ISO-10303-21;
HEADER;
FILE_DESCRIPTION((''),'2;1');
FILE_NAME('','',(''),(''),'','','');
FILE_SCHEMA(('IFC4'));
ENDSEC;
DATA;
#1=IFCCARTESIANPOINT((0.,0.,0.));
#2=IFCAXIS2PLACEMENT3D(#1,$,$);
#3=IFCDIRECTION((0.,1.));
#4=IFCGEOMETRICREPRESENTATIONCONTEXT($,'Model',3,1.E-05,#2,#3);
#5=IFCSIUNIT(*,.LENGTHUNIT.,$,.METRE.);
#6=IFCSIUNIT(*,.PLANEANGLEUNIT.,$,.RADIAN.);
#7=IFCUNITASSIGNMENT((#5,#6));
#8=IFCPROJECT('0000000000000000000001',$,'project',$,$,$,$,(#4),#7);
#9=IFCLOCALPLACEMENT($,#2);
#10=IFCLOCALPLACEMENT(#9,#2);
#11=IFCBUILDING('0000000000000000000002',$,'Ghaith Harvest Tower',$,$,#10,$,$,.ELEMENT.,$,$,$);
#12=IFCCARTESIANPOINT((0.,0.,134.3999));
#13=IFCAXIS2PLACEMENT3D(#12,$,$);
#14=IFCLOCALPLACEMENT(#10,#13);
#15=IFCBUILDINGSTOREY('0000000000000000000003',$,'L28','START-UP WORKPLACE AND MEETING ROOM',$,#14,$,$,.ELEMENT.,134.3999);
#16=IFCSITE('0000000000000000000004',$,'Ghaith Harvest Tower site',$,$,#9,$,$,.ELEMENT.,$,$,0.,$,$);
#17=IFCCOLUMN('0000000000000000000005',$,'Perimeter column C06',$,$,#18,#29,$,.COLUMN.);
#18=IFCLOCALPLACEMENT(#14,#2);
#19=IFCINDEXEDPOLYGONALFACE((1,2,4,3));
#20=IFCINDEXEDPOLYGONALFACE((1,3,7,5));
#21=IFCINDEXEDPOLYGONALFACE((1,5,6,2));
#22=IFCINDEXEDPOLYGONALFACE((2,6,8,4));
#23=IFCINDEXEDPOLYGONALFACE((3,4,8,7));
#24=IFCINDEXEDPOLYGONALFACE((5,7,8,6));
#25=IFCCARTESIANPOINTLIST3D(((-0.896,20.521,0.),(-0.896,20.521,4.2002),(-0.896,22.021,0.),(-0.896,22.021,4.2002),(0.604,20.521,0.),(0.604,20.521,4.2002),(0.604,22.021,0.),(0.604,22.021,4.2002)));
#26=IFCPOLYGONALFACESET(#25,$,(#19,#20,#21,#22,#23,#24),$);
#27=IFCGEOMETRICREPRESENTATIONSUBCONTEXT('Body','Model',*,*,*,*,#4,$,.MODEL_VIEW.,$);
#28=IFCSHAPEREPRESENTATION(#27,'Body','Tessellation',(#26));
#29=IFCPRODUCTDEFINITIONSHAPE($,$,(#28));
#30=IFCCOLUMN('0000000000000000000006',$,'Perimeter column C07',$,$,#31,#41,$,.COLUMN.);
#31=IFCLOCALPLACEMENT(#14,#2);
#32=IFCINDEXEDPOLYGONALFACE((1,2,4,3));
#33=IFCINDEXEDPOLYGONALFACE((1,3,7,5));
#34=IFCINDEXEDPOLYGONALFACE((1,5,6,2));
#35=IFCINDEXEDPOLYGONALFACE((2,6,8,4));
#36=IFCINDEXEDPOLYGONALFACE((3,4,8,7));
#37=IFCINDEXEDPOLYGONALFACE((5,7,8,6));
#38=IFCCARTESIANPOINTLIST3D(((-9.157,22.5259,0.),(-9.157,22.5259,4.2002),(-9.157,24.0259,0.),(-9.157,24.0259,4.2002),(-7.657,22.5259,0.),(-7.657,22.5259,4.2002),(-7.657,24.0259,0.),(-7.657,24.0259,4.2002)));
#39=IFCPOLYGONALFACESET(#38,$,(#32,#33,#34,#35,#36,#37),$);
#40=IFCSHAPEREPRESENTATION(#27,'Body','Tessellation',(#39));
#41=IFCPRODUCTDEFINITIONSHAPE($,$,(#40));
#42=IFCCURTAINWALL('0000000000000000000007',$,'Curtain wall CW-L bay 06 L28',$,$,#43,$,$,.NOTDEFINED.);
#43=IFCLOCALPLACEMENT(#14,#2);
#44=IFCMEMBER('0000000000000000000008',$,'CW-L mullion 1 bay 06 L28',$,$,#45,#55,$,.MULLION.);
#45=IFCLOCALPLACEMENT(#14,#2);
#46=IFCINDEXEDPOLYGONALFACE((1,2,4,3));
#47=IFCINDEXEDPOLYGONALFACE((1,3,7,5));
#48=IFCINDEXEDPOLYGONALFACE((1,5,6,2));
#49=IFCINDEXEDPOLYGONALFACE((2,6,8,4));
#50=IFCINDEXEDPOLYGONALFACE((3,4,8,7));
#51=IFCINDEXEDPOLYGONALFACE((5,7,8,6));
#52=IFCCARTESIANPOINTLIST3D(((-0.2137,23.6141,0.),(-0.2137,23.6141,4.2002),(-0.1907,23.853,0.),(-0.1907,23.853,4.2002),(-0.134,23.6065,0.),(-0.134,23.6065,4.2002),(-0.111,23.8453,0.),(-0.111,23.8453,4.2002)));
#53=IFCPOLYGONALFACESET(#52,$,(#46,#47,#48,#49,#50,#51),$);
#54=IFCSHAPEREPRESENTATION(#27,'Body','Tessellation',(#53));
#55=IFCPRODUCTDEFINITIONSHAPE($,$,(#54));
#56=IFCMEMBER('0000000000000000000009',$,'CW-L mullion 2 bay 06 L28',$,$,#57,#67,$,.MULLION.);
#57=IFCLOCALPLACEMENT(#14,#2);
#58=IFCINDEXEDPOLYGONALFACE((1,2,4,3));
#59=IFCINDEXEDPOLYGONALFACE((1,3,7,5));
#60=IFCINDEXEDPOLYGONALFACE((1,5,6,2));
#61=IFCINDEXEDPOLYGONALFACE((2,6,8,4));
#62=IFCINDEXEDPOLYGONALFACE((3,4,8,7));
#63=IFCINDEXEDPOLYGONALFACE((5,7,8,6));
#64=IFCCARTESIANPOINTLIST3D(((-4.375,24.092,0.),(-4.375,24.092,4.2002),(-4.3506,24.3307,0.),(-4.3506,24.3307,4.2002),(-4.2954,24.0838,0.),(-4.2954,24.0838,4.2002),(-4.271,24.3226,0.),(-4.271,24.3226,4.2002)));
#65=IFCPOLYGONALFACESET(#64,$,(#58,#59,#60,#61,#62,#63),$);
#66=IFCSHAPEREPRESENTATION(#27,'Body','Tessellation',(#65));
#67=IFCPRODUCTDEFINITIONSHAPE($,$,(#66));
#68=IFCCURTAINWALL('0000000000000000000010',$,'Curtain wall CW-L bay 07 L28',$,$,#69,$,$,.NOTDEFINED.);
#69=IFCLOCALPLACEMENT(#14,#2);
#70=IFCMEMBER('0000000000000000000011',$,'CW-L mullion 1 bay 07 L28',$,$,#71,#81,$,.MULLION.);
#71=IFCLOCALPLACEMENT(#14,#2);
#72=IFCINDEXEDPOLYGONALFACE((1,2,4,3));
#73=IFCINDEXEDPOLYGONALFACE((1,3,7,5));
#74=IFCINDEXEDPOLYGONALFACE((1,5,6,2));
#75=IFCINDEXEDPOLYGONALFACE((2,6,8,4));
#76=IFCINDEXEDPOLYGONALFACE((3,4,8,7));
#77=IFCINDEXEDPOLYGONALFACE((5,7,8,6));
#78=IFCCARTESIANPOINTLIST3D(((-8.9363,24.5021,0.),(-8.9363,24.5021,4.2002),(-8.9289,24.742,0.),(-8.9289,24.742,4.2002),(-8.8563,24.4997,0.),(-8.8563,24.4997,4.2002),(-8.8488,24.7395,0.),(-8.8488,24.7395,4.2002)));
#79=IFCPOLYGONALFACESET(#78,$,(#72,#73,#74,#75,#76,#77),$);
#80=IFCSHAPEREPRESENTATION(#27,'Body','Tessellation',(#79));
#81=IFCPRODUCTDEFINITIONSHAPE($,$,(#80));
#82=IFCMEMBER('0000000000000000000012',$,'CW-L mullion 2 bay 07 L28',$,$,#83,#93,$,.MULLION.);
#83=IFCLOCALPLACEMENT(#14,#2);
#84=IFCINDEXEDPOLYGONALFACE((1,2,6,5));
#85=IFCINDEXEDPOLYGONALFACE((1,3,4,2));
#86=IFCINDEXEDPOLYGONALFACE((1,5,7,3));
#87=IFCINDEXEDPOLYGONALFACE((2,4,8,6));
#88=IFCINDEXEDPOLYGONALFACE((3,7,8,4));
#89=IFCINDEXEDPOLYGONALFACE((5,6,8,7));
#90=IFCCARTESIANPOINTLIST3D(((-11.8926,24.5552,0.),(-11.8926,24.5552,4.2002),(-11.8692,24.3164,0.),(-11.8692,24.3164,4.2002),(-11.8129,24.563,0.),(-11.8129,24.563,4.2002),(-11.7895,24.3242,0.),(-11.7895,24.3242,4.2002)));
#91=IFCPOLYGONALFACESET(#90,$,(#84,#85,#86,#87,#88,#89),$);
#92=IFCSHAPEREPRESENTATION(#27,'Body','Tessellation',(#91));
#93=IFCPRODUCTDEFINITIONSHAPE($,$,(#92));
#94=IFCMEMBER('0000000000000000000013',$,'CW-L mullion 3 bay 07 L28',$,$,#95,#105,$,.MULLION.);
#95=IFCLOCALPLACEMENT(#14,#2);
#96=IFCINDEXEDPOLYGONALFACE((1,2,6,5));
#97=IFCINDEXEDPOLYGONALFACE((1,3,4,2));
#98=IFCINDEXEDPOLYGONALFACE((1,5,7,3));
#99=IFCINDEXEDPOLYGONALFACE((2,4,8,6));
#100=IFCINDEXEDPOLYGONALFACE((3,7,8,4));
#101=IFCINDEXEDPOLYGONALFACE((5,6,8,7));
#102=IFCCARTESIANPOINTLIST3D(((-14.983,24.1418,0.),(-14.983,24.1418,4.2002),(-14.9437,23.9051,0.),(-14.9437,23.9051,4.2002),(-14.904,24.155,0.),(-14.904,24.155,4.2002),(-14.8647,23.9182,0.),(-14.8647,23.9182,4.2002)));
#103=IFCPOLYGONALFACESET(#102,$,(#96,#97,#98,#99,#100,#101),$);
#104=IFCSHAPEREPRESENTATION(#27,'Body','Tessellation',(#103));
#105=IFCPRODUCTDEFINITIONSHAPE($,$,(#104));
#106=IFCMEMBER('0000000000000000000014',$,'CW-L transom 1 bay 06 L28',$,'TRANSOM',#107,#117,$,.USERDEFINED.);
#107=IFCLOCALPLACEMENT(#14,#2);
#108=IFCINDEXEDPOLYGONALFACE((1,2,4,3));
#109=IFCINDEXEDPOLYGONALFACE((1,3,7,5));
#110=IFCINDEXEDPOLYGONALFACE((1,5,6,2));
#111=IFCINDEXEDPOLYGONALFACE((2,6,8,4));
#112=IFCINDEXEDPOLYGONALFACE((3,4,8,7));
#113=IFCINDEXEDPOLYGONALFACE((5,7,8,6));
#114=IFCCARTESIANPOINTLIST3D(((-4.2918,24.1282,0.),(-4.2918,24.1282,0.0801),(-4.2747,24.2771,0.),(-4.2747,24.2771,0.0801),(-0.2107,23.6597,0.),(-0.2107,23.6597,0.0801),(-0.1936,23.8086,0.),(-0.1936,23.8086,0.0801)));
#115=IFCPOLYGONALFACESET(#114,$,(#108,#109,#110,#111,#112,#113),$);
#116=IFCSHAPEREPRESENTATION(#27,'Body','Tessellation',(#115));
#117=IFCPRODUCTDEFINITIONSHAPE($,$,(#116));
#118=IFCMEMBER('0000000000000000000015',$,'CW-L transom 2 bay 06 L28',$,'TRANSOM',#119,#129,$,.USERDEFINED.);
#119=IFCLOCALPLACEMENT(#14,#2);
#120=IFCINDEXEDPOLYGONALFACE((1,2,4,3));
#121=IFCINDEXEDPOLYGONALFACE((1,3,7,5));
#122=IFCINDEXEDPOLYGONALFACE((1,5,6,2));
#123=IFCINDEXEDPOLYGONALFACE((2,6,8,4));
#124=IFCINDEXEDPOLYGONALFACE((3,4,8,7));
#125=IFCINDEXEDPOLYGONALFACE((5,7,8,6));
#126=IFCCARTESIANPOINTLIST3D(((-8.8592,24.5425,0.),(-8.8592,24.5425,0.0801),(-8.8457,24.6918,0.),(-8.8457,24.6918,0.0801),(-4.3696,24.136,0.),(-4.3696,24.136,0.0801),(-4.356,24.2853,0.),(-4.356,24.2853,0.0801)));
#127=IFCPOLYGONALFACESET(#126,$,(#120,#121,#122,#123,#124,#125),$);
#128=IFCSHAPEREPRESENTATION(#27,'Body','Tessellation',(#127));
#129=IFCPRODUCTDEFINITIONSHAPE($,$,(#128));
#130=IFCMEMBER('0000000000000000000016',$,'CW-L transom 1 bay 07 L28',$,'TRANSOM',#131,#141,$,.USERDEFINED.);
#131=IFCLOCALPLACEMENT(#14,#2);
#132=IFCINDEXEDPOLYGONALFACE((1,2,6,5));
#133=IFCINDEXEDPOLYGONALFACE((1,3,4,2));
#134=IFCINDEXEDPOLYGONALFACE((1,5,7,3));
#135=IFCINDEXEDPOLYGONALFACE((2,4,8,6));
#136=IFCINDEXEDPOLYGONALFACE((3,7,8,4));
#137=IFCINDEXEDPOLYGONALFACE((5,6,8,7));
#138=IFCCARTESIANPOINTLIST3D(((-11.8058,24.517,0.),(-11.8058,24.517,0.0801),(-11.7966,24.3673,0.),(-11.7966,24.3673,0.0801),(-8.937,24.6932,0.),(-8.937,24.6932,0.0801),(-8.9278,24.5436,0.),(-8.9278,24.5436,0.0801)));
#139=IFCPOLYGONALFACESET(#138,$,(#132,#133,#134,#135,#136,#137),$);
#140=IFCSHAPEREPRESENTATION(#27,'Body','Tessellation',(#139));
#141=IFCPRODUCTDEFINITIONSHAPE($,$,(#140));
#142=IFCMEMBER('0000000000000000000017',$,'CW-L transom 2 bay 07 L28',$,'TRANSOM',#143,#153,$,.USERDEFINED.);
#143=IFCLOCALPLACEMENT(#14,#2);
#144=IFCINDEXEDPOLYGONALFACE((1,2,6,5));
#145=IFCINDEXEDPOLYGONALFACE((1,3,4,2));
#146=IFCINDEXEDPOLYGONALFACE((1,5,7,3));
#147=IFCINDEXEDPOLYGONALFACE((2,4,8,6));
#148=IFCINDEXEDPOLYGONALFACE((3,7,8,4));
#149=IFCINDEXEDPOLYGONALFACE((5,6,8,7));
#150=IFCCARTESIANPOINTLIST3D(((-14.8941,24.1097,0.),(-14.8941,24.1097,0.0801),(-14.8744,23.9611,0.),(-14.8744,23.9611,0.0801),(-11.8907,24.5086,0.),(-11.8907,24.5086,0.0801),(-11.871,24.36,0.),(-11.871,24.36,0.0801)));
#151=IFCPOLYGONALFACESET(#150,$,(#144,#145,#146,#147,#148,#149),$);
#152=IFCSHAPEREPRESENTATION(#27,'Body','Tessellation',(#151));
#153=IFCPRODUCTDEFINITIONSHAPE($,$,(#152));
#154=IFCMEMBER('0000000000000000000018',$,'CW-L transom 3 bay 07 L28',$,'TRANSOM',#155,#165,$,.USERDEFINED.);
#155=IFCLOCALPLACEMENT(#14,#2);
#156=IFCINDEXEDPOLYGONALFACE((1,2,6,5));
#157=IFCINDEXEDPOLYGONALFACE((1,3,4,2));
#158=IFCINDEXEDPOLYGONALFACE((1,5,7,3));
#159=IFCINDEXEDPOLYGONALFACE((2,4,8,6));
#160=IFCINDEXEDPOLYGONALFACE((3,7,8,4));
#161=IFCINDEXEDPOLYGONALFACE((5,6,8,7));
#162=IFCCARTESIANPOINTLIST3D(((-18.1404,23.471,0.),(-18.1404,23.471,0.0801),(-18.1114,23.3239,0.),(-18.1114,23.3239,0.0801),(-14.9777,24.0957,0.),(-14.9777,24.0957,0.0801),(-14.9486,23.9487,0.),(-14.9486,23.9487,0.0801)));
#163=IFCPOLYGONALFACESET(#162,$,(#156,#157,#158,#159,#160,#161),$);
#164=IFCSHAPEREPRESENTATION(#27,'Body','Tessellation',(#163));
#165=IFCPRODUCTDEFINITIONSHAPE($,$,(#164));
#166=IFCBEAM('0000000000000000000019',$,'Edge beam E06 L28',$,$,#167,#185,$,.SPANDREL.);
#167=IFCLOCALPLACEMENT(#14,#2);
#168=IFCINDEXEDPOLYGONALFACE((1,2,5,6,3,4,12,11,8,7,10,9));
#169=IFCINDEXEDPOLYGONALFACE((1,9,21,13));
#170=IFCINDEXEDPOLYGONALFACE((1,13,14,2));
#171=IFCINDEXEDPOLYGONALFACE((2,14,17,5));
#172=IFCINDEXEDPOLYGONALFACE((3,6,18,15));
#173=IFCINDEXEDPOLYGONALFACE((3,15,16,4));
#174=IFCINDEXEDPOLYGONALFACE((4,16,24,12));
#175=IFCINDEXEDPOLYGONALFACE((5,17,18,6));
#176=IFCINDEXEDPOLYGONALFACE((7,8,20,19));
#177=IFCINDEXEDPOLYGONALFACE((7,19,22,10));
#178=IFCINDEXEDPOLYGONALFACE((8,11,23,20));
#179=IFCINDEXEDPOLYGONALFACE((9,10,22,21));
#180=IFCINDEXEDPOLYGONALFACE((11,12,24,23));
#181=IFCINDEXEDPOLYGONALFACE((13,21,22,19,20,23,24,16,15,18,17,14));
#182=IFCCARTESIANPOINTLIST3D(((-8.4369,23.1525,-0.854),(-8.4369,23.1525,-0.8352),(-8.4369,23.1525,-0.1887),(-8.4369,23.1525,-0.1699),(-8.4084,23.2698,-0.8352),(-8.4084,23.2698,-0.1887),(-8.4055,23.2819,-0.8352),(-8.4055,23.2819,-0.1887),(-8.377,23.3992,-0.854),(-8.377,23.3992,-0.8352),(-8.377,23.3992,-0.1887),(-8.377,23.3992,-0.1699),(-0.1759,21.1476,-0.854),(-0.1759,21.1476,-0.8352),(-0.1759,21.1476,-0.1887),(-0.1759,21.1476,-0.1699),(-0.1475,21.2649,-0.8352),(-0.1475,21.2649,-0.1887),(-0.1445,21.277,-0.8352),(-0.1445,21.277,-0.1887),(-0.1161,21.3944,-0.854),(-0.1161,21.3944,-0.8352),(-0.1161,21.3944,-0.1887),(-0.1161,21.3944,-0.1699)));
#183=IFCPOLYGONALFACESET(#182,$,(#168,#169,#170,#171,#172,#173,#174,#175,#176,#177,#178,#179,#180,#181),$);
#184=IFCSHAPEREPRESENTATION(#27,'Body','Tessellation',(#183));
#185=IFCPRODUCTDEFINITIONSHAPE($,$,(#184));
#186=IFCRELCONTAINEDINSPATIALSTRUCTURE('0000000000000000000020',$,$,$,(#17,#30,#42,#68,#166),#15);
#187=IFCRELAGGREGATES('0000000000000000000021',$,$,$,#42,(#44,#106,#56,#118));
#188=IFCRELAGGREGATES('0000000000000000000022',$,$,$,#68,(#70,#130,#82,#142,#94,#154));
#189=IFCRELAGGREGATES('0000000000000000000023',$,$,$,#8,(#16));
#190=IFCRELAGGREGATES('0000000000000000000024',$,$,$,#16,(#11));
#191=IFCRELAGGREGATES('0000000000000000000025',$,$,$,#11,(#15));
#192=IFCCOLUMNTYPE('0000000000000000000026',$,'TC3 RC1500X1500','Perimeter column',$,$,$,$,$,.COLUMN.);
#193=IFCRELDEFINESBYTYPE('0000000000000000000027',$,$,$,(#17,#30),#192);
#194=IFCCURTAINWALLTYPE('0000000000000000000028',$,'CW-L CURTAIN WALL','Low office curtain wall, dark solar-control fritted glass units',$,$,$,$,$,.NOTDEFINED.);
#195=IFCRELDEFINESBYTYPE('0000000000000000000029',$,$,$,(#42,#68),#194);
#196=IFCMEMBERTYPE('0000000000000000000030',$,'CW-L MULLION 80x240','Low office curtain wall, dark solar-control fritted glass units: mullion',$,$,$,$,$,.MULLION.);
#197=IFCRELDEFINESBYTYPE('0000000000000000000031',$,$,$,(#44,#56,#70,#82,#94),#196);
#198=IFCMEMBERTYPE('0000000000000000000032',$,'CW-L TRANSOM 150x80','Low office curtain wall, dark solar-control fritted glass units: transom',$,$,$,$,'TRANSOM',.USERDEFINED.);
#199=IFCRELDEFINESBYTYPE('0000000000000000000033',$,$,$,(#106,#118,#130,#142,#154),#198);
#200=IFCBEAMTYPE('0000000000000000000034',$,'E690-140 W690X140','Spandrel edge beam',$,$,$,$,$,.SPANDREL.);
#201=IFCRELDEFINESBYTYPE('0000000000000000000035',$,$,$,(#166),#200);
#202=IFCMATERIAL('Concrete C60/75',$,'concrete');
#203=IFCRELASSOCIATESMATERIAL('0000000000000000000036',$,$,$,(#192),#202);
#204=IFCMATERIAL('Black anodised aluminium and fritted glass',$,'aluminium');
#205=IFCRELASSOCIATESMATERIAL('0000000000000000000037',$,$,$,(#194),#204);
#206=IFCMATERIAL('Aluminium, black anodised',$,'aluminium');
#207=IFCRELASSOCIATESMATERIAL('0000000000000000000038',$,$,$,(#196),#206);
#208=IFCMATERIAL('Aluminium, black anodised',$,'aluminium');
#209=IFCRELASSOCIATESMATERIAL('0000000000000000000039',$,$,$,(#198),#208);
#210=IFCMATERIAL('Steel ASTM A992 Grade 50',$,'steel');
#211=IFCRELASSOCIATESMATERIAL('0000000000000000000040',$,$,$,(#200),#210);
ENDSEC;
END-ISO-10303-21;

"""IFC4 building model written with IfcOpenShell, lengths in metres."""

from ifc_helpers import new_model, si_unit, direction, frame, origin, origin_2d, place, context, subcontext, project, spatial, rectangle, i_section, extrude, material, material_profile, profile_set, type_object, element, aggregate, save


model = new_model("IFC4")

# Units and contexts
model_context = context("Model", 3, precision=1e-05, world=origin(), true_north=direction((0.0, 1.0)))
body_context = subcontext(model_context, "Body", "Model", "MODEL_VIEW")
ifc_project = project(units=[si_unit("LENGTHUNIT", "METRE"), si_unit("PLANEANGLEUNIT", "RADIAN")], contexts=[model_context])

# Site, building, storey
site_placement = place(None, origin())
site = spatial("IfcSite", under=ifc_project, at=site_placement, Name="Ghaith Harvest Tower site", CompositionType="ELEMENT", RefElevation=0.0)
building_placement = place(site_placement, origin())
building = spatial("IfcBuilding", under=site, at=building_placement, Name="Ghaith Harvest Tower", CompositionType="ELEMENT")
storey_placement = place(building_placement, frame((0.0, 0.0, 134.3999)))
storey = spatial("IfcBuildingStorey", under=building, at=storey_placement, Name="L28", Description="START-UP WORKPLACE AND MEETING ROOM", CompositionType="ELEMENT", Elevation=134.3999)

# Columns
ifc_material_1 = material(Name="Concrete C60/75", Category="concrete")
ifc_material_profile_1 = material_profile(ifc_material_1, rectangle(XDim=1.5, YDim=1.5, at=origin_2d()), Name="RC1500X1500")
ifc_profile_set_1 = profile_set([ifc_material_profile_1], Name="Concrete C60/75")
column_type = type_object("IfcColumnType", Name="TC3 RC1500X1500", Description="Perimeter column", PredefinedType="COLUMN", material=ifc_profile_set_1)
for number, where, z_axis, x_axis, name in (
    (1, (-0.146, 21.271, 0.0), (0.0, 0.0, 1.0), (1.0, 0.0, 0.0), "Perimeter column C06"),
    (2, (-8.407, 23.2759, 0.0), (0.0, 0.0, 1.0), (1.0, 0.0, 0.0), "Perimeter column C07"),
):
    element("IfcColumn", number, at=place(storey_placement, frame(where, z_axis=z_axis, x_axis=x_axis)), inside=storey, type_object=column_type, Name=name, PredefinedType="COLUMN", context=body_context, shape_type="SweptSolid", body=[
        extrude(rectangle(XDim=1.5, YDim=1.5, at=origin_2d()), origin(), (0.0, 0.0, 1.0), 4.2002),
    ])

# Curtain walls, members
ifc_material_2 = material(Name="Black anodised aluminium and fritted glass", Category="aluminium")
curtain_wall_type = type_object("IfcCurtainWallType", Name="CW-L CURTAIN WALL", Description="Low office curtain wall, dark solar-control fritted glass units", PredefinedType="NOTDEFINED", material=ifc_material_2)
curtain_wall_1_placement = place(storey_placement, origin())
curtain_wall_1 = element("IfcCurtainWall", 3, at=curtain_wall_1_placement, inside=storey, type_object=curtain_wall_type, Name="Curtain wall CW-L bay 06 L28", PredefinedType="NOTDEFINED")
ifc_material_3 = material(Name="Aluminium, black anodised", Category="aluminium")
ifc_material_profile_2 = material_profile(ifc_material_3, rectangle(XDim=0.0801, YDim=0.24, at=origin_2d()), Name="CW-L MULLION 80x240")
ifc_profile_set_2 = profile_set([ifc_material_profile_2], Name="Aluminium, black anodised")
member_type_1 = type_object("IfcMemberType", Name="CW-L MULLION 80x240", Description="Low office curtain wall, dark solar-control fritted glass units: mullion", PredefinedType="MULLION", material=ifc_profile_set_2)
member_1_placement = place(storey_placement, frame((-0.1624, 23.7297, 0.0), z_axis=(0.0, 0.0, 1.0), x_axis=(-0.995388, 0.09593, 0.0)))
member_1 = element("IfcMember", 4, at=member_1_placement, type_object=member_type_1, Name="CW-L mullion 1 bay 06 L28", PredefinedType="MULLION", context=body_context, shape_type="SweptSolid", body=[
    extrude(rectangle(XDim=0.0801, YDim=0.24, at=origin_2d()), origin(), (0.0, 0.0, 1.0), 4.2002),
])
member_2_placement = place(storey_placement, frame((-4.323, 24.2073, 0.0), z_axis=(0.0, 0.0, 1.0), x_axis=(-0.99483, 0.101551, 0.0)))
member_2 = element("IfcMember", 5, at=member_2_placement, type_object=member_type_1, Name="CW-L mullion 2 bay 06 L28", PredefinedType="MULLION", context=body_context, shape_type="SweptSolid", body=[
    extrude(rectangle(XDim=0.0801, YDim=0.24, at=origin_2d()), origin(), (0.0, 0.0, 1.0), 4.2002),
])
curtain_wall_2_placement = place(storey_placement, origin())
curtain_wall_2 = element("IfcCurtainWall", 6, at=curtain_wall_2_placement, inside=storey, type_object=curtain_wall_type, Name="Curtain wall CW-L bay 07 L28", PredefinedType="NOTDEFINED")
member_3_placement = place(storey_placement, frame((-8.8926, 24.6208, 0.0), z_axis=(0.0, 0.0, 1.0), x_axis=(-0.999522, 0.030909, 0.0)))
member_3 = element("IfcMember", 7, at=member_3_placement, type_object=member_type_1, Name="CW-L mullion 1 bay 07 L28", PredefinedType="MULLION", context=body_context, shape_type="SweptSolid", body=[
    extrude(rectangle(XDim=0.0801, YDim=0.24, at=origin_2d()), origin(), (0.0, 0.0, 1.0), 4.2002),
])
member_4_placement = place(storey_placement, frame((-11.8411, 24.4397, 0.0), z_axis=(0.0, 0.0, 1.0), x_axis=(-0.995238, -0.09748, 0.0)))
member_4 = element("IfcMember", 8, at=member_4_placement, type_object=member_type_1, Name="CW-L mullion 2 bay 07 L28", PredefinedType="MULLION", context=body_context, shape_type="SweptSolid", body=[
    extrude(rectangle(XDim=0.0801, YDim=0.24, at=origin_2d()), origin(), (0.0, 0.0, 1.0), 4.2002),
])
member_5_placement = place(storey_placement, frame((-14.9238, 24.03, 0.0), z_axis=(0.0, 0.0, 1.0), x_axis=(-0.986495, -0.163794, 0.0)))
member_5 = element("IfcMember", 9, at=member_5_placement, type_object=member_type_1, Name="CW-L mullion 3 bay 07 L28", PredefinedType="MULLION", context=body_context, shape_type="SweptSolid", body=[
    extrude(rectangle(XDim=0.0801, YDim=0.24, at=origin_2d()), origin(), (0.0, 0.0, 1.0), 4.2002),
])

# Members
ifc_material_4 = material(Name="Aluminium, black anodised", Category="aluminium")
ifc_material_profile_3 = material_profile(ifc_material_4, rectangle(XDim=0.1499, YDim=0.0801, at=origin_2d()), Name="CW-L TRANSOM 150x80")
ifc_profile_set_3 = profile_set([ifc_material_profile_3], Name="Aluminium, black anodised")
member_type_2 = type_object("IfcMemberType", Name="CW-L TRANSOM 150x80", Description="Low office curtain wall, dark solar-control fritted glass units: transom", ElementType="TRANSOM", PredefinedType="USERDEFINED", material=ifc_profile_set_3)
member_6_placement = place(storey_placement, frame((-0.2021, 23.7341, 0.04), z_axis=(-0.993475, 0.114051, 0.0), x_axis=(-0.114051, -0.993475, 0.0)))
member_6 = element("IfcMember", 10, at=member_6_placement, type_object=member_type_2, Name="CW-L transom 1 bay 06 L28", ObjectType="TRANSOM", PredefinedType="USERDEFINED", context=body_context, shape_type="SweptSolid", body=[
    extrude(rectangle(XDim=0.1499, YDim=0.0801, at=origin_2d()), origin(), (0.0, 0.0, 1.0), 4.1079),
])
member_7_placement = place(storey_placement, frame((-4.3628, 24.2107, 0.04), z_axis=(-0.995926, 0.09017, 0.0), x_axis=(-0.09017, -0.995926, 0.0)))
member_7 = element("IfcMember", 11, at=member_7_placement, type_object=member_type_2, Name="CW-L transom 2 bay 06 L28", ObjectType="TRANSOM", PredefinedType="USERDEFINED", context=body_context, shape_type="SweptSolid", body=[
    extrude(rectangle(XDim=0.1499, YDim=0.0801, at=origin_2d()), origin(), (0.0, 0.0, 1.0), 4.5081),
])
member_8_placement = place(storey_placement, frame((-8.9324, 24.6184, 0.04), z_axis=(-0.998118, -0.061326, 0.0), x_axis=(0.061326, -0.998118, 0.0)))
member_8 = element("IfcMember", 12, at=member_8_placement, type_object=member_type_2, Name="CW-L transom 1 bay 07 L28", ObjectType="TRANSOM", PredefinedType="USERDEFINED", context=body_context, shape_type="SweptSolid", body=[
    extrude(rectangle(XDim=0.1499, YDim=0.0801, at=origin_2d()), origin(), (0.0, 0.0, 1.0), 2.8743),
])
member_9_placement = place(storey_placement, frame((-11.8809, 24.4343, 0.04), z_axis=(-0.991294, -0.131668, 0.0), x_axis=(0.131668, -0.991294, 0.0)))
member_9 = element("IfcMember", 13, at=member_9_placement, type_object=member_type_2, Name="CW-L transom 2 bay 07 L28", ObjectType="TRANSOM", PredefinedType="USERDEFINED", context=body_context, shape_type="SweptSolid", body=[
    extrude(rectangle(XDim=0.1499, YDim=0.0801, at=origin_2d()), origin(), (0.0, 0.0, 1.0), 3.0298),
])
member_10_placement = place(storey_placement, frame((-14.9631, 24.0222, 0.04), z_axis=(-0.981044, -0.193786, 0.0), x_axis=(0.193786, -0.981044, 0.0)))
member_10 = element("IfcMember", 14, at=member_10_placement, type_object=member_type_2, Name="CW-L transom 3 bay 07 L28", ObjectType="TRANSOM", PredefinedType="USERDEFINED", context=body_context, shape_type="SweptSolid", body=[
    extrude(rectangle(XDim=0.1499, YDim=0.0801, at=origin_2d()), origin(), (0.0, 0.0, 1.0), 3.2239),
])

# Beam
ifc_material_5 = material(Name="Steel ASTM A992 Grade 50", Category="steel")
ifc_material_profile_4 = material_profile(ifc_material_5, i_section(OverallWidth=0.2539, OverallDepth=0.6841, WebThickness=0.0125, FlangeThickness=0.0188, at=origin_2d()), Name="W690X140")
ifc_profile_set_4 = profile_set([ifc_material_profile_4], Name="Steel ASTM A992 Grade 50")
beam_type = type_object("IfcBeamType", Name="E690-140 W690X140", Description="Spandrel edge beam", PredefinedType="SPANDREL", material=ifc_profile_set_4)
beam_1_placement = place(storey_placement, frame((-0.146, 21.271, -0.512), z_axis=(-0.97179, 0.235847, 0.0), x_axis=(-0.235847, -0.97179, 0.0)))
element("IfcBeam", 15, at=beam_1_placement, inside=storey, type_object=beam_type, Name="Edge beam E06 L28", PredefinedType="SPANDREL", context=body_context, shape_type="SweptSolid", body=[
    extrude(i_section(OverallWidth=0.2539, OverallDepth=0.6841, WebThickness=0.0125, FlangeThickness=0.0188, at=origin_2d()), origin(), (0.0, 0.0, 1.0), 8.5007),
])

aggregate(curtain_wall_1, [member_1, member_6, member_2, member_7])
aggregate(curtain_wall_2, [member_3, member_8, member_4, member_9, member_5, member_10])

save(model, "model.ifc")
